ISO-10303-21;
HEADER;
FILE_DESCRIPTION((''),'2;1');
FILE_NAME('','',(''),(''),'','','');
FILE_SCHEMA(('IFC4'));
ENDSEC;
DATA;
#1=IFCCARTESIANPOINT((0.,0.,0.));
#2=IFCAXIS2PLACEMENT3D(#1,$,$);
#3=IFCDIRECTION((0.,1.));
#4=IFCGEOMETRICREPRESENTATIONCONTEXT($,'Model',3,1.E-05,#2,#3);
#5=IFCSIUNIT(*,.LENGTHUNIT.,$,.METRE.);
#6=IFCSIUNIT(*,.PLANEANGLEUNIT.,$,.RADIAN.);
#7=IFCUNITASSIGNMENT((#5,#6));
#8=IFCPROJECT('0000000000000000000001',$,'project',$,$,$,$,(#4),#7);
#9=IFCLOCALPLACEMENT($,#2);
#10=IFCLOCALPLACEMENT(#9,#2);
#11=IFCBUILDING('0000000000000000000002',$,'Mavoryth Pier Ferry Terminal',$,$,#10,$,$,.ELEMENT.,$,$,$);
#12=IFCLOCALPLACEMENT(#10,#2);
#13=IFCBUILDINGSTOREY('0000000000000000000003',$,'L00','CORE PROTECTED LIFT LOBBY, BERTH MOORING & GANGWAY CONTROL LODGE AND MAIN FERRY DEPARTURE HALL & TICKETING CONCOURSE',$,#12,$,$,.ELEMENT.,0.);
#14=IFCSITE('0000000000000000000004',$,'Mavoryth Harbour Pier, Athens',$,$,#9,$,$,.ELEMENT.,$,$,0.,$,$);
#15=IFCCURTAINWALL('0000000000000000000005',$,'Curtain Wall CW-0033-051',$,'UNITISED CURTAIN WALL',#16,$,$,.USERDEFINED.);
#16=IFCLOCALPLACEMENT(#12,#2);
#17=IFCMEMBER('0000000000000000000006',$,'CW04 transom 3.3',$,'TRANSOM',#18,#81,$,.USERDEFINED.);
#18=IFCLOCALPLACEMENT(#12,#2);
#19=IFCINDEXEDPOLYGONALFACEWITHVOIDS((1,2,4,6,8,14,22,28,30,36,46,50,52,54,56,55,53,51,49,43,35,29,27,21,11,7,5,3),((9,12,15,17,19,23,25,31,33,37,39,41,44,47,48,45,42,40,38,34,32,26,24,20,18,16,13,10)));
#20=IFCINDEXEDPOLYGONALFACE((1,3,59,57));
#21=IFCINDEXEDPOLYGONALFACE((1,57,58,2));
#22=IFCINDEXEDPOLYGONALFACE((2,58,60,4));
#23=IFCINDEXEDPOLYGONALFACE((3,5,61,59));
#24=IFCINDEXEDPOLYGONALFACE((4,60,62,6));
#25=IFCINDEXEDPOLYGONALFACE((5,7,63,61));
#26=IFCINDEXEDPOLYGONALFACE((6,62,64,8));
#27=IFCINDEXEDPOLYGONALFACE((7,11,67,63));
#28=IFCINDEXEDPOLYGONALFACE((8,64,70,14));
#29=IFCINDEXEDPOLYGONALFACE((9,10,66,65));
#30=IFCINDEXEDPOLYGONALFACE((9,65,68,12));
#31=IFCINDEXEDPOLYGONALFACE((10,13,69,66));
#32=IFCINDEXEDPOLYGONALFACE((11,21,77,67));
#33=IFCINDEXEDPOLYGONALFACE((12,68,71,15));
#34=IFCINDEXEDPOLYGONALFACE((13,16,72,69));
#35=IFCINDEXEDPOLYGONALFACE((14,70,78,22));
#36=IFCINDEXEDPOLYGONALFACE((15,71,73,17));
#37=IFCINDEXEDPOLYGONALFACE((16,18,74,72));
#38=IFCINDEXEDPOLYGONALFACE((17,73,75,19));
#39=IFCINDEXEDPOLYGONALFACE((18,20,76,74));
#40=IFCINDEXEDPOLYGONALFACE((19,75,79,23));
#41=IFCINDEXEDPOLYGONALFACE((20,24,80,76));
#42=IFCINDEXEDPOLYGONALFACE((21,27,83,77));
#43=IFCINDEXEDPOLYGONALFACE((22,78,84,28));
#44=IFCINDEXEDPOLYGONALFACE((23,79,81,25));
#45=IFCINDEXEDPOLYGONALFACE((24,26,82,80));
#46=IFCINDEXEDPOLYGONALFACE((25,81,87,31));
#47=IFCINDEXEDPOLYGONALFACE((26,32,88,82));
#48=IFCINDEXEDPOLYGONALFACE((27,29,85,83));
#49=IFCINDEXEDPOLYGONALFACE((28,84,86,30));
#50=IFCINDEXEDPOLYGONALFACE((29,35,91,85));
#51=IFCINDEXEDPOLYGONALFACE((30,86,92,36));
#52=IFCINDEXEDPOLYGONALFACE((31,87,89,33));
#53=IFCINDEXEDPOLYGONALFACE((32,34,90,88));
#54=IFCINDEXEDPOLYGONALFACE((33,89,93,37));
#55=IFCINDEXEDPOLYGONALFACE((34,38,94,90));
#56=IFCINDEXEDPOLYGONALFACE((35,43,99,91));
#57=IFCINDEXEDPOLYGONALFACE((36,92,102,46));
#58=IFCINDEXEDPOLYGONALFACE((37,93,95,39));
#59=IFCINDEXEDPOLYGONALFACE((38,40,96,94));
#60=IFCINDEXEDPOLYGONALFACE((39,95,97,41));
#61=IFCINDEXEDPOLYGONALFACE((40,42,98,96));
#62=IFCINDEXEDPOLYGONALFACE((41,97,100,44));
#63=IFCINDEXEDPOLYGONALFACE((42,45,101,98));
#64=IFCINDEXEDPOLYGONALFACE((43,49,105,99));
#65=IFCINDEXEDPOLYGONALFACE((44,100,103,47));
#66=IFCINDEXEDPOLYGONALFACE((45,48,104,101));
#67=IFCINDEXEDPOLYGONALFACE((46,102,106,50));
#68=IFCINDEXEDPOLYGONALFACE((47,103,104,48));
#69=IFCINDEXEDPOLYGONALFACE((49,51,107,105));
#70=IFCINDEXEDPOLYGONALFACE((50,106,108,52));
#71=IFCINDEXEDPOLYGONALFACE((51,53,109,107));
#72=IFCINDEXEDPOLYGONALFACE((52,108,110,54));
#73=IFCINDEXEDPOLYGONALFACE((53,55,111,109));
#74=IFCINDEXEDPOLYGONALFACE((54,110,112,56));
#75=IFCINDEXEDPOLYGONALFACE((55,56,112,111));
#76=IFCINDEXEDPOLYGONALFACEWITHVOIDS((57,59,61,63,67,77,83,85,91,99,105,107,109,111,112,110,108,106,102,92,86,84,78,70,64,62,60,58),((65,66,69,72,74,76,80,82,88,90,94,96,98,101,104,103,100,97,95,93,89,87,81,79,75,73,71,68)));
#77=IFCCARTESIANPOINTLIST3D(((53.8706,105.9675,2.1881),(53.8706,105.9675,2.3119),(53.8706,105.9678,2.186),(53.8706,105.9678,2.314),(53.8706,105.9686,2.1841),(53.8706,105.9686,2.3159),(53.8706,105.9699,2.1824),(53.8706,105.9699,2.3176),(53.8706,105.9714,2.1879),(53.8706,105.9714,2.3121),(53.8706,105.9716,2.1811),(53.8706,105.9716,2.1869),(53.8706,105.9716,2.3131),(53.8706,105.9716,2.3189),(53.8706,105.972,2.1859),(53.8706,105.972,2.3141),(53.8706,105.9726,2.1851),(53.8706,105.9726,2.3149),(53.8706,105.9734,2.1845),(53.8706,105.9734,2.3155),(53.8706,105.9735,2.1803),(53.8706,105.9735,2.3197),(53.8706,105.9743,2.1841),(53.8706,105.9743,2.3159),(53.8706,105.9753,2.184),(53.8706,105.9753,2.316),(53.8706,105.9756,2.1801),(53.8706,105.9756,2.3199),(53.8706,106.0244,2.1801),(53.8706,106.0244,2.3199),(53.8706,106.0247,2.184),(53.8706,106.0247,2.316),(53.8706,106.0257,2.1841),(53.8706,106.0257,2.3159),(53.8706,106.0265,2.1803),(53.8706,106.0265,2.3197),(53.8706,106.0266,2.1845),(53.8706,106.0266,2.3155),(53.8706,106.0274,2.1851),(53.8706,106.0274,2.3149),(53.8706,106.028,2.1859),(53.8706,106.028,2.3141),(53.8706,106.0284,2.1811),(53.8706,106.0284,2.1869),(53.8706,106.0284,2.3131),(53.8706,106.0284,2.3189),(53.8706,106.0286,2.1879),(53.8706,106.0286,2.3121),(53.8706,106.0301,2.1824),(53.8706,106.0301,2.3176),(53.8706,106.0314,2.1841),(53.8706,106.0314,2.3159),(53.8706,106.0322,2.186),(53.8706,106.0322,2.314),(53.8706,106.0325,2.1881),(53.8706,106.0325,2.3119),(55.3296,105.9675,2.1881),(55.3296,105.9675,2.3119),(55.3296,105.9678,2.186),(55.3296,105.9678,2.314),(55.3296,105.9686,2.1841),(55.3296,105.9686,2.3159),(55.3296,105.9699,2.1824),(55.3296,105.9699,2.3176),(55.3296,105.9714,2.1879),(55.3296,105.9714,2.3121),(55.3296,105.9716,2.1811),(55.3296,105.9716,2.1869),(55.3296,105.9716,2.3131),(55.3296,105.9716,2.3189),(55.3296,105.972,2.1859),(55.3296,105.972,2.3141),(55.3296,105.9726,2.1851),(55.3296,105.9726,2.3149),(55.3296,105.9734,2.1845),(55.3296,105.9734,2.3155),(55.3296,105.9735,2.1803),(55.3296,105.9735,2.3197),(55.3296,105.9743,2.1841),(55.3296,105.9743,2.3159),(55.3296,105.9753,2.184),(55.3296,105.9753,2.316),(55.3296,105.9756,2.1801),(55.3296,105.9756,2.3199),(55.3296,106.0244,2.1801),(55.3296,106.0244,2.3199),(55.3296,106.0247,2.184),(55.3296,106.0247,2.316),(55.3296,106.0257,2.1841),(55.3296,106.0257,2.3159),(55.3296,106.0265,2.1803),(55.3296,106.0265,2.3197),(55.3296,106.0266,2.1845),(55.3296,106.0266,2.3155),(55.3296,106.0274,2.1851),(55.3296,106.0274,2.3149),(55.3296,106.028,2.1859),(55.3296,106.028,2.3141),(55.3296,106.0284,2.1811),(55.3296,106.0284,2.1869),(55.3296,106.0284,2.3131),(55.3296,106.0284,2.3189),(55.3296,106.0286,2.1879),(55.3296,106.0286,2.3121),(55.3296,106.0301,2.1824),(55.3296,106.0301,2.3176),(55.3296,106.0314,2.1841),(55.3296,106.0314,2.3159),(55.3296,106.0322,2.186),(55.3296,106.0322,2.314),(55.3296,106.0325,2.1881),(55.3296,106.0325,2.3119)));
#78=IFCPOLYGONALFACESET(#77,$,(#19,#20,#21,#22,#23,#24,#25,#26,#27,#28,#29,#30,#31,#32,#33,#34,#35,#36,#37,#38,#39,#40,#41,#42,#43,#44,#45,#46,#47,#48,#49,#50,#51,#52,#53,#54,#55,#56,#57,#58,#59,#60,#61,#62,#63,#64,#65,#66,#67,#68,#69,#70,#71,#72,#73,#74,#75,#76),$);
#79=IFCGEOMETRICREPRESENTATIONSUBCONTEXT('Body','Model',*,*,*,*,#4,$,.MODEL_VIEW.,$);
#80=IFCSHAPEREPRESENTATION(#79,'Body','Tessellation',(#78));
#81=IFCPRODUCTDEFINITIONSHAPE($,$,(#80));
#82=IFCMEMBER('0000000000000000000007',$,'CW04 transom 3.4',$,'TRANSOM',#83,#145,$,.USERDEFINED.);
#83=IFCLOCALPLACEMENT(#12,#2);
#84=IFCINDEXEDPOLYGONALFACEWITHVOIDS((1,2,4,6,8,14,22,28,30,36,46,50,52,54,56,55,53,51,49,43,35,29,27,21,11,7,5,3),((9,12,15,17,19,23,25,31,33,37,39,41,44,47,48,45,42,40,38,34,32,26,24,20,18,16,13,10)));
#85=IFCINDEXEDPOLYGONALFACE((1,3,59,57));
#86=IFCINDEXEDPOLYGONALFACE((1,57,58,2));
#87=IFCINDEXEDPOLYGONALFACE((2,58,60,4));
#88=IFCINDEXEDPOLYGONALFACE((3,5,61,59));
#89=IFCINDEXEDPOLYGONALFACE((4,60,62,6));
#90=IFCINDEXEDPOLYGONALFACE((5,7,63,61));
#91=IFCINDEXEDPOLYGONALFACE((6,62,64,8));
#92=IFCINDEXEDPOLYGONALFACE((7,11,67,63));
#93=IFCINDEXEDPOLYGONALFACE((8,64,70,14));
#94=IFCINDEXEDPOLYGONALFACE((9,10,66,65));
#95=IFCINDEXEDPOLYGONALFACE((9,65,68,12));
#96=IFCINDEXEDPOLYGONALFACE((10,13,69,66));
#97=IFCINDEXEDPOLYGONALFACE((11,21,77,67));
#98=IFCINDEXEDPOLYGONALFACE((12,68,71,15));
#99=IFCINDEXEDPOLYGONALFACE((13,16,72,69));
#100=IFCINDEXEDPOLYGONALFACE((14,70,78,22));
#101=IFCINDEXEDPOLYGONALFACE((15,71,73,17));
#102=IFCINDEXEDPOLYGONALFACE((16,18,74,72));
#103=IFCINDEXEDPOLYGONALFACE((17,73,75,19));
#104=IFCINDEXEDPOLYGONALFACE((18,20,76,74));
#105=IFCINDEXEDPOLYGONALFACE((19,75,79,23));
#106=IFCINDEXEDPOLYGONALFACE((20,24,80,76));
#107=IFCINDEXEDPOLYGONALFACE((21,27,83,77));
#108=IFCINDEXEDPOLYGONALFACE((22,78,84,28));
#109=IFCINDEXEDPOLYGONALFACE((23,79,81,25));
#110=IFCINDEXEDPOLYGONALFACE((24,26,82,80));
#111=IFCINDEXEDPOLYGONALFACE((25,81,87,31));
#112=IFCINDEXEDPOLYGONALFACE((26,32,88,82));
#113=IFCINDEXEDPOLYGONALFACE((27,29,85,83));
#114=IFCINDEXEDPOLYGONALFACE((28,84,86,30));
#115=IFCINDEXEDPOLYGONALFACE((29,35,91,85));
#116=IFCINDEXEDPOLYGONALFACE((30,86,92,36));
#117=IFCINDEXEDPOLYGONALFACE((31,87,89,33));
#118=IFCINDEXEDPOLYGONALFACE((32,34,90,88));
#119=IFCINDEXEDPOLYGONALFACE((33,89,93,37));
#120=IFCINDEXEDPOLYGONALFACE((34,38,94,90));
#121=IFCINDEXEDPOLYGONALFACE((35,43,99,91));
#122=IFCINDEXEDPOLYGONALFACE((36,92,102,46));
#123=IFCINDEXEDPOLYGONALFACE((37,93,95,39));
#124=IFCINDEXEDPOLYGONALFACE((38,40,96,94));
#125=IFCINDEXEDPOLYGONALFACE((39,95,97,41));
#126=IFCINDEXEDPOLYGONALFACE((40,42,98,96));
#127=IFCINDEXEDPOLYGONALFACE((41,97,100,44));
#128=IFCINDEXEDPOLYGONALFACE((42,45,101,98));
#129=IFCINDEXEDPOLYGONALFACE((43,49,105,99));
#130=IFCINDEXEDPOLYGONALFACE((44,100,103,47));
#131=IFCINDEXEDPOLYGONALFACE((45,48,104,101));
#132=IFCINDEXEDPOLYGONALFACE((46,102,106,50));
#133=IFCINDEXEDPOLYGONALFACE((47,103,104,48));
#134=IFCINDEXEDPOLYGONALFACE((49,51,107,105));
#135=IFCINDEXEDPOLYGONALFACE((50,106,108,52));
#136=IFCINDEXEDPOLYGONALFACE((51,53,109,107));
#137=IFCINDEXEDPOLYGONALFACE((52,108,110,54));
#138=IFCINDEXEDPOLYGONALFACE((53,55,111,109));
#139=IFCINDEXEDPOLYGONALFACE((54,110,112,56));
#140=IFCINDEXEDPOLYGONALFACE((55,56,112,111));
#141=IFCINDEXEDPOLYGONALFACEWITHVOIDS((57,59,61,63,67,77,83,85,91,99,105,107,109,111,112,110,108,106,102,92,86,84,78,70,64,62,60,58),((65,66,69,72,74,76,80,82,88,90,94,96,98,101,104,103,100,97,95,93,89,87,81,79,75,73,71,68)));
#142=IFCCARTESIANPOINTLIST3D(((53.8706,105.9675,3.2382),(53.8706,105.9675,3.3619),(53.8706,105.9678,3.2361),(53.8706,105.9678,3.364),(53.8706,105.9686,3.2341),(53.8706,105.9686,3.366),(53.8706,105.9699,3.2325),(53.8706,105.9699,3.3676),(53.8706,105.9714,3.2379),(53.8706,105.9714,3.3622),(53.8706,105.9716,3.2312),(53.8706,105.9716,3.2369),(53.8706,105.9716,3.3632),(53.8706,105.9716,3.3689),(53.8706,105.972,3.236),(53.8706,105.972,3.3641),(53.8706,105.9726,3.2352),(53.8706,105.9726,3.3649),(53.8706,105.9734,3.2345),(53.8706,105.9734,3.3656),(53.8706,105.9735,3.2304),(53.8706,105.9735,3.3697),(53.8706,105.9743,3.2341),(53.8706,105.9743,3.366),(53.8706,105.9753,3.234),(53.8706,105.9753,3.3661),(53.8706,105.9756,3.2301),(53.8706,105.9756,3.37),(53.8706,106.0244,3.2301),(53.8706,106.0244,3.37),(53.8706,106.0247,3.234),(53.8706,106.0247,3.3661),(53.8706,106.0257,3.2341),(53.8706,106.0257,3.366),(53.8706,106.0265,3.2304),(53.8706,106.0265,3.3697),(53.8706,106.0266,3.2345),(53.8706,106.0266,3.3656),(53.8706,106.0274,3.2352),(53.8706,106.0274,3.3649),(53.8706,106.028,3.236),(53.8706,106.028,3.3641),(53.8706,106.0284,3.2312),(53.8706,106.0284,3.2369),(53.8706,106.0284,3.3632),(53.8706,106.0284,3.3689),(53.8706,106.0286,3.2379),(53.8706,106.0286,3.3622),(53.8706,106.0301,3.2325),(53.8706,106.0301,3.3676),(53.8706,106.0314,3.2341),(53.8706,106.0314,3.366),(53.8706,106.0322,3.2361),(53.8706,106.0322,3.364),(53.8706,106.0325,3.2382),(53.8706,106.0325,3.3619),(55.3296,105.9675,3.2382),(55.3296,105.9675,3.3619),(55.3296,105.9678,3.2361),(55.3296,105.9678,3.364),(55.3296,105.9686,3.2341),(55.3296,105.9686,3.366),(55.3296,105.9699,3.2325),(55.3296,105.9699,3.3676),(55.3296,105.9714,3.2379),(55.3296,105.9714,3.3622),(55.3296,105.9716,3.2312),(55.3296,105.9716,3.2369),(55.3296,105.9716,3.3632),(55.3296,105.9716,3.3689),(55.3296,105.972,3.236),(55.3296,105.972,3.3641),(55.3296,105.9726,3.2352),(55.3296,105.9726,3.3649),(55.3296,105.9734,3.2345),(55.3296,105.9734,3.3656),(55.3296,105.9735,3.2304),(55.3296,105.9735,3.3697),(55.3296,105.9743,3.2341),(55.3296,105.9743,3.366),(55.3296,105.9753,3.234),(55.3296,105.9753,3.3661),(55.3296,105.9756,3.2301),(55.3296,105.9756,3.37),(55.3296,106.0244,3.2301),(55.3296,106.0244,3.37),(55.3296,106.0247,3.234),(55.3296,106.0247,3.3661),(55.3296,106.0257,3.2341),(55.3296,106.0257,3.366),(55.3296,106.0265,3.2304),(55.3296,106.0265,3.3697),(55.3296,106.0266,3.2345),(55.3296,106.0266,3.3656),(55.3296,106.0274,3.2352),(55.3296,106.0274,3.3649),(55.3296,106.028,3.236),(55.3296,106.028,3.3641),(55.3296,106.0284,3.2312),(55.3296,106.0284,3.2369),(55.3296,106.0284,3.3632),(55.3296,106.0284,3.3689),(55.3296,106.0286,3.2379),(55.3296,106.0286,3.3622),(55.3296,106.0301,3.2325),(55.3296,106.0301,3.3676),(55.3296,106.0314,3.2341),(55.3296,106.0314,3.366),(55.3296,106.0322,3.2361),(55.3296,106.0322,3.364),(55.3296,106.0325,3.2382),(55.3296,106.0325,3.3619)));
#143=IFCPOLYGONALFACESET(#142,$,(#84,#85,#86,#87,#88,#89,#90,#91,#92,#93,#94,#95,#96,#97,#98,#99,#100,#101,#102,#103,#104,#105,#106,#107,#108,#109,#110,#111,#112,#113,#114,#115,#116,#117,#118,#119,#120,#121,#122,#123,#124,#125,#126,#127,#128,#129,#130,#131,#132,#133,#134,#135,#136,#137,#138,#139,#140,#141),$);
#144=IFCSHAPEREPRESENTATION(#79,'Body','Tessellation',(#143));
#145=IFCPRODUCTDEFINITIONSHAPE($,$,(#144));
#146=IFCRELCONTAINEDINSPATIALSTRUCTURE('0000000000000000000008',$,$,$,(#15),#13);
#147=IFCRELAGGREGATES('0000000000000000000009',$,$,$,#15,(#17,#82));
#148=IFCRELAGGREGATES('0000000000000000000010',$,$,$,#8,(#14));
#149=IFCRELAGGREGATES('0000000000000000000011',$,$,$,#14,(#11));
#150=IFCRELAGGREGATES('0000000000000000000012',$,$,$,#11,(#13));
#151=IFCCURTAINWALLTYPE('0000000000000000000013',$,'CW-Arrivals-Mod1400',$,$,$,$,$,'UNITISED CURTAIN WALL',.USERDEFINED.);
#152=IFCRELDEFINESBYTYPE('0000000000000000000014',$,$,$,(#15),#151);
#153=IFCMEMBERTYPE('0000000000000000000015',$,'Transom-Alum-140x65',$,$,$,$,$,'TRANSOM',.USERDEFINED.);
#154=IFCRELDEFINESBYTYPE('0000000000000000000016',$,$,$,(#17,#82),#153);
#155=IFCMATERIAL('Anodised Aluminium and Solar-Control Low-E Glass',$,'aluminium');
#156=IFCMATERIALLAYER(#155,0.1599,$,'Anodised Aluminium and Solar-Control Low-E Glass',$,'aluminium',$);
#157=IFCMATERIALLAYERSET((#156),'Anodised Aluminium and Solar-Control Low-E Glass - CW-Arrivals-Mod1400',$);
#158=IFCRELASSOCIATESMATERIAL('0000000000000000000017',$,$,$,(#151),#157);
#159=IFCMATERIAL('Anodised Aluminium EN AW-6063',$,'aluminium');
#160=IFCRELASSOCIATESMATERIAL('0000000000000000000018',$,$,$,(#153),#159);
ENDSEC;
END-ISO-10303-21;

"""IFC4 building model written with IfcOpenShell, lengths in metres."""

from ifc_helpers import new_model, si_unit, direction, frame, origin, origin_2d, place, context, subcontext, project, spatial, hollow_rectangle, extrude, material, layer, layer_set, material_profile, profile_set, type_object, element, aggregate, save


model = new_model("IFC4")

# Units and contexts
model_context = context("Model", 3, precision=1e-05, world=origin(), true_north=direction((0.0, 1.0)))
body_context = subcontext(model_context, "Body", "Model", "MODEL_VIEW")
ifc_project = project(units=[si_unit("LENGTHUNIT", "METRE"), si_unit("PLANEANGLEUNIT", "RADIAN")], contexts=[model_context])

# Site, building, storey
site_placement = place(None, origin())
site = spatial("IfcSite", under=ifc_project, at=site_placement, Name="Mavoryth Harbour Pier, Athens", CompositionType="ELEMENT", RefElevation=0.0)
building_placement = place(site_placement, origin())
building = spatial("IfcBuilding", under=site, at=building_placement, Name="Mavoryth Pier Ferry Terminal", CompositionType="ELEMENT")
storey_placement = place(building_placement, origin())
storey = spatial("IfcBuildingStorey", under=building, at=storey_placement, Name="L00", Description="CORE PROTECTED LIFT LOBBY, BERTH MOORING & GANGWAY CONTROL LODGE AND MAIN FERRY DEPARTURE HALL & TICKETING CONCOURSE", CompositionType="ELEMENT", Elevation=0.0)

# Curtain wall, members
ifc_material_1 = material(Name="Anodised Aluminium and Solar-Control Low-E Glass", Category="aluminium")
ifc_layer_1 = layer(ifc_material_1, 0.1599, Name="Anodised Aluminium and Solar-Control Low-E Glass", Category="aluminium")
ifc_layer_set_1 = layer_set([ifc_layer_1], Name="Anodised Aluminium and Solar-Control Low-E Glass - CW-Arrivals-Mod1400")
curtain_wall_type = type_object("IfcCurtainWallType", Name="CW-Arrivals-Mod1400", ElementType="UNITISED CURTAIN WALL", PredefinedType="USERDEFINED", material=ifc_layer_set_1)
curtain_wall_placement = place(storey_placement, origin())
curtain_wall = element("IfcCurtainWall", 1, at=curtain_wall_placement, inside=storey, type_object=curtain_wall_type, Name="Curtain Wall CW-0033-051", ObjectType="UNITISED CURTAIN WALL", PredefinedType="USERDEFINED")
ifc_material_2 = material(Name="Anodised Aluminium EN AW-6063", Category="aluminium")
ifc_material_profile_1 = material_profile(ifc_material_2, hollow_rectangle(XDim=0.0649, YDim=0.1399, WallThickness=0.0039, InnerFilletRadius=0.0039, OuterFilletRadius=0.0081, at=origin_2d()), Name="AL-TRAN 140x65x4", Category="aluminium")
ifc_profile_set_1 = profile_set([ifc_material_profile_1], Name="Anodised Aluminium EN AW-6063 - AL-TRAN 140x65x4")
member_type_1 = type_object("IfcMemberType", Name="Transom-Alum-140x65", ElementType="TRANSOM", PredefinedType="USERDEFINED", material=ifc_profile_set_1)
member_1_placement = place(storey_placement, frame((55.3296, 106.0, 2.25), z_axis=(-1.0, 0.0, 0.0), x_axis=(0.0, -1.0, 0.0)))
member_1 = element("IfcMember", 2, at=member_1_placement, type_object=member_type_1, Name="CW04 transom 3.3", ObjectType="TRANSOM", PredefinedType="USERDEFINED", context=body_context, shape_type="SweptSolid", body=[
    extrude(hollow_rectangle(XDim=0.0649, YDim=0.1399, WallThickness=0.0039, InnerFilletRadius=0.0039, OuterFilletRadius=0.0081, at=origin_2d()), origin(), (0.0, 0.0, 1.0), 1.459),
])
member_2_placement = place(storey_placement, frame((55.3296, 106.0, 3.3), z_axis=(-1.0, 0.0, 0.0), x_axis=(0.0, -1.0, 0.0)))
member_2 = element("IfcMember", 3, at=member_2_placement, type_object=member_type_1, Name="CW04 transom 3.4", ObjectType="TRANSOM", PredefinedType="USERDEFINED", context=body_context, shape_type="SweptSolid", body=[
    extrude(hollow_rectangle(XDim=0.0649, YDim=0.1399, WallThickness=0.0039, InnerFilletRadius=0.0039, OuterFilletRadius=0.0081, at=origin_2d()), origin(), (0.0, 0.0, 1.0), 1.459),
])
aggregate(curtain_wall, [member_1, member_2])

save(model, "model.ifc")
